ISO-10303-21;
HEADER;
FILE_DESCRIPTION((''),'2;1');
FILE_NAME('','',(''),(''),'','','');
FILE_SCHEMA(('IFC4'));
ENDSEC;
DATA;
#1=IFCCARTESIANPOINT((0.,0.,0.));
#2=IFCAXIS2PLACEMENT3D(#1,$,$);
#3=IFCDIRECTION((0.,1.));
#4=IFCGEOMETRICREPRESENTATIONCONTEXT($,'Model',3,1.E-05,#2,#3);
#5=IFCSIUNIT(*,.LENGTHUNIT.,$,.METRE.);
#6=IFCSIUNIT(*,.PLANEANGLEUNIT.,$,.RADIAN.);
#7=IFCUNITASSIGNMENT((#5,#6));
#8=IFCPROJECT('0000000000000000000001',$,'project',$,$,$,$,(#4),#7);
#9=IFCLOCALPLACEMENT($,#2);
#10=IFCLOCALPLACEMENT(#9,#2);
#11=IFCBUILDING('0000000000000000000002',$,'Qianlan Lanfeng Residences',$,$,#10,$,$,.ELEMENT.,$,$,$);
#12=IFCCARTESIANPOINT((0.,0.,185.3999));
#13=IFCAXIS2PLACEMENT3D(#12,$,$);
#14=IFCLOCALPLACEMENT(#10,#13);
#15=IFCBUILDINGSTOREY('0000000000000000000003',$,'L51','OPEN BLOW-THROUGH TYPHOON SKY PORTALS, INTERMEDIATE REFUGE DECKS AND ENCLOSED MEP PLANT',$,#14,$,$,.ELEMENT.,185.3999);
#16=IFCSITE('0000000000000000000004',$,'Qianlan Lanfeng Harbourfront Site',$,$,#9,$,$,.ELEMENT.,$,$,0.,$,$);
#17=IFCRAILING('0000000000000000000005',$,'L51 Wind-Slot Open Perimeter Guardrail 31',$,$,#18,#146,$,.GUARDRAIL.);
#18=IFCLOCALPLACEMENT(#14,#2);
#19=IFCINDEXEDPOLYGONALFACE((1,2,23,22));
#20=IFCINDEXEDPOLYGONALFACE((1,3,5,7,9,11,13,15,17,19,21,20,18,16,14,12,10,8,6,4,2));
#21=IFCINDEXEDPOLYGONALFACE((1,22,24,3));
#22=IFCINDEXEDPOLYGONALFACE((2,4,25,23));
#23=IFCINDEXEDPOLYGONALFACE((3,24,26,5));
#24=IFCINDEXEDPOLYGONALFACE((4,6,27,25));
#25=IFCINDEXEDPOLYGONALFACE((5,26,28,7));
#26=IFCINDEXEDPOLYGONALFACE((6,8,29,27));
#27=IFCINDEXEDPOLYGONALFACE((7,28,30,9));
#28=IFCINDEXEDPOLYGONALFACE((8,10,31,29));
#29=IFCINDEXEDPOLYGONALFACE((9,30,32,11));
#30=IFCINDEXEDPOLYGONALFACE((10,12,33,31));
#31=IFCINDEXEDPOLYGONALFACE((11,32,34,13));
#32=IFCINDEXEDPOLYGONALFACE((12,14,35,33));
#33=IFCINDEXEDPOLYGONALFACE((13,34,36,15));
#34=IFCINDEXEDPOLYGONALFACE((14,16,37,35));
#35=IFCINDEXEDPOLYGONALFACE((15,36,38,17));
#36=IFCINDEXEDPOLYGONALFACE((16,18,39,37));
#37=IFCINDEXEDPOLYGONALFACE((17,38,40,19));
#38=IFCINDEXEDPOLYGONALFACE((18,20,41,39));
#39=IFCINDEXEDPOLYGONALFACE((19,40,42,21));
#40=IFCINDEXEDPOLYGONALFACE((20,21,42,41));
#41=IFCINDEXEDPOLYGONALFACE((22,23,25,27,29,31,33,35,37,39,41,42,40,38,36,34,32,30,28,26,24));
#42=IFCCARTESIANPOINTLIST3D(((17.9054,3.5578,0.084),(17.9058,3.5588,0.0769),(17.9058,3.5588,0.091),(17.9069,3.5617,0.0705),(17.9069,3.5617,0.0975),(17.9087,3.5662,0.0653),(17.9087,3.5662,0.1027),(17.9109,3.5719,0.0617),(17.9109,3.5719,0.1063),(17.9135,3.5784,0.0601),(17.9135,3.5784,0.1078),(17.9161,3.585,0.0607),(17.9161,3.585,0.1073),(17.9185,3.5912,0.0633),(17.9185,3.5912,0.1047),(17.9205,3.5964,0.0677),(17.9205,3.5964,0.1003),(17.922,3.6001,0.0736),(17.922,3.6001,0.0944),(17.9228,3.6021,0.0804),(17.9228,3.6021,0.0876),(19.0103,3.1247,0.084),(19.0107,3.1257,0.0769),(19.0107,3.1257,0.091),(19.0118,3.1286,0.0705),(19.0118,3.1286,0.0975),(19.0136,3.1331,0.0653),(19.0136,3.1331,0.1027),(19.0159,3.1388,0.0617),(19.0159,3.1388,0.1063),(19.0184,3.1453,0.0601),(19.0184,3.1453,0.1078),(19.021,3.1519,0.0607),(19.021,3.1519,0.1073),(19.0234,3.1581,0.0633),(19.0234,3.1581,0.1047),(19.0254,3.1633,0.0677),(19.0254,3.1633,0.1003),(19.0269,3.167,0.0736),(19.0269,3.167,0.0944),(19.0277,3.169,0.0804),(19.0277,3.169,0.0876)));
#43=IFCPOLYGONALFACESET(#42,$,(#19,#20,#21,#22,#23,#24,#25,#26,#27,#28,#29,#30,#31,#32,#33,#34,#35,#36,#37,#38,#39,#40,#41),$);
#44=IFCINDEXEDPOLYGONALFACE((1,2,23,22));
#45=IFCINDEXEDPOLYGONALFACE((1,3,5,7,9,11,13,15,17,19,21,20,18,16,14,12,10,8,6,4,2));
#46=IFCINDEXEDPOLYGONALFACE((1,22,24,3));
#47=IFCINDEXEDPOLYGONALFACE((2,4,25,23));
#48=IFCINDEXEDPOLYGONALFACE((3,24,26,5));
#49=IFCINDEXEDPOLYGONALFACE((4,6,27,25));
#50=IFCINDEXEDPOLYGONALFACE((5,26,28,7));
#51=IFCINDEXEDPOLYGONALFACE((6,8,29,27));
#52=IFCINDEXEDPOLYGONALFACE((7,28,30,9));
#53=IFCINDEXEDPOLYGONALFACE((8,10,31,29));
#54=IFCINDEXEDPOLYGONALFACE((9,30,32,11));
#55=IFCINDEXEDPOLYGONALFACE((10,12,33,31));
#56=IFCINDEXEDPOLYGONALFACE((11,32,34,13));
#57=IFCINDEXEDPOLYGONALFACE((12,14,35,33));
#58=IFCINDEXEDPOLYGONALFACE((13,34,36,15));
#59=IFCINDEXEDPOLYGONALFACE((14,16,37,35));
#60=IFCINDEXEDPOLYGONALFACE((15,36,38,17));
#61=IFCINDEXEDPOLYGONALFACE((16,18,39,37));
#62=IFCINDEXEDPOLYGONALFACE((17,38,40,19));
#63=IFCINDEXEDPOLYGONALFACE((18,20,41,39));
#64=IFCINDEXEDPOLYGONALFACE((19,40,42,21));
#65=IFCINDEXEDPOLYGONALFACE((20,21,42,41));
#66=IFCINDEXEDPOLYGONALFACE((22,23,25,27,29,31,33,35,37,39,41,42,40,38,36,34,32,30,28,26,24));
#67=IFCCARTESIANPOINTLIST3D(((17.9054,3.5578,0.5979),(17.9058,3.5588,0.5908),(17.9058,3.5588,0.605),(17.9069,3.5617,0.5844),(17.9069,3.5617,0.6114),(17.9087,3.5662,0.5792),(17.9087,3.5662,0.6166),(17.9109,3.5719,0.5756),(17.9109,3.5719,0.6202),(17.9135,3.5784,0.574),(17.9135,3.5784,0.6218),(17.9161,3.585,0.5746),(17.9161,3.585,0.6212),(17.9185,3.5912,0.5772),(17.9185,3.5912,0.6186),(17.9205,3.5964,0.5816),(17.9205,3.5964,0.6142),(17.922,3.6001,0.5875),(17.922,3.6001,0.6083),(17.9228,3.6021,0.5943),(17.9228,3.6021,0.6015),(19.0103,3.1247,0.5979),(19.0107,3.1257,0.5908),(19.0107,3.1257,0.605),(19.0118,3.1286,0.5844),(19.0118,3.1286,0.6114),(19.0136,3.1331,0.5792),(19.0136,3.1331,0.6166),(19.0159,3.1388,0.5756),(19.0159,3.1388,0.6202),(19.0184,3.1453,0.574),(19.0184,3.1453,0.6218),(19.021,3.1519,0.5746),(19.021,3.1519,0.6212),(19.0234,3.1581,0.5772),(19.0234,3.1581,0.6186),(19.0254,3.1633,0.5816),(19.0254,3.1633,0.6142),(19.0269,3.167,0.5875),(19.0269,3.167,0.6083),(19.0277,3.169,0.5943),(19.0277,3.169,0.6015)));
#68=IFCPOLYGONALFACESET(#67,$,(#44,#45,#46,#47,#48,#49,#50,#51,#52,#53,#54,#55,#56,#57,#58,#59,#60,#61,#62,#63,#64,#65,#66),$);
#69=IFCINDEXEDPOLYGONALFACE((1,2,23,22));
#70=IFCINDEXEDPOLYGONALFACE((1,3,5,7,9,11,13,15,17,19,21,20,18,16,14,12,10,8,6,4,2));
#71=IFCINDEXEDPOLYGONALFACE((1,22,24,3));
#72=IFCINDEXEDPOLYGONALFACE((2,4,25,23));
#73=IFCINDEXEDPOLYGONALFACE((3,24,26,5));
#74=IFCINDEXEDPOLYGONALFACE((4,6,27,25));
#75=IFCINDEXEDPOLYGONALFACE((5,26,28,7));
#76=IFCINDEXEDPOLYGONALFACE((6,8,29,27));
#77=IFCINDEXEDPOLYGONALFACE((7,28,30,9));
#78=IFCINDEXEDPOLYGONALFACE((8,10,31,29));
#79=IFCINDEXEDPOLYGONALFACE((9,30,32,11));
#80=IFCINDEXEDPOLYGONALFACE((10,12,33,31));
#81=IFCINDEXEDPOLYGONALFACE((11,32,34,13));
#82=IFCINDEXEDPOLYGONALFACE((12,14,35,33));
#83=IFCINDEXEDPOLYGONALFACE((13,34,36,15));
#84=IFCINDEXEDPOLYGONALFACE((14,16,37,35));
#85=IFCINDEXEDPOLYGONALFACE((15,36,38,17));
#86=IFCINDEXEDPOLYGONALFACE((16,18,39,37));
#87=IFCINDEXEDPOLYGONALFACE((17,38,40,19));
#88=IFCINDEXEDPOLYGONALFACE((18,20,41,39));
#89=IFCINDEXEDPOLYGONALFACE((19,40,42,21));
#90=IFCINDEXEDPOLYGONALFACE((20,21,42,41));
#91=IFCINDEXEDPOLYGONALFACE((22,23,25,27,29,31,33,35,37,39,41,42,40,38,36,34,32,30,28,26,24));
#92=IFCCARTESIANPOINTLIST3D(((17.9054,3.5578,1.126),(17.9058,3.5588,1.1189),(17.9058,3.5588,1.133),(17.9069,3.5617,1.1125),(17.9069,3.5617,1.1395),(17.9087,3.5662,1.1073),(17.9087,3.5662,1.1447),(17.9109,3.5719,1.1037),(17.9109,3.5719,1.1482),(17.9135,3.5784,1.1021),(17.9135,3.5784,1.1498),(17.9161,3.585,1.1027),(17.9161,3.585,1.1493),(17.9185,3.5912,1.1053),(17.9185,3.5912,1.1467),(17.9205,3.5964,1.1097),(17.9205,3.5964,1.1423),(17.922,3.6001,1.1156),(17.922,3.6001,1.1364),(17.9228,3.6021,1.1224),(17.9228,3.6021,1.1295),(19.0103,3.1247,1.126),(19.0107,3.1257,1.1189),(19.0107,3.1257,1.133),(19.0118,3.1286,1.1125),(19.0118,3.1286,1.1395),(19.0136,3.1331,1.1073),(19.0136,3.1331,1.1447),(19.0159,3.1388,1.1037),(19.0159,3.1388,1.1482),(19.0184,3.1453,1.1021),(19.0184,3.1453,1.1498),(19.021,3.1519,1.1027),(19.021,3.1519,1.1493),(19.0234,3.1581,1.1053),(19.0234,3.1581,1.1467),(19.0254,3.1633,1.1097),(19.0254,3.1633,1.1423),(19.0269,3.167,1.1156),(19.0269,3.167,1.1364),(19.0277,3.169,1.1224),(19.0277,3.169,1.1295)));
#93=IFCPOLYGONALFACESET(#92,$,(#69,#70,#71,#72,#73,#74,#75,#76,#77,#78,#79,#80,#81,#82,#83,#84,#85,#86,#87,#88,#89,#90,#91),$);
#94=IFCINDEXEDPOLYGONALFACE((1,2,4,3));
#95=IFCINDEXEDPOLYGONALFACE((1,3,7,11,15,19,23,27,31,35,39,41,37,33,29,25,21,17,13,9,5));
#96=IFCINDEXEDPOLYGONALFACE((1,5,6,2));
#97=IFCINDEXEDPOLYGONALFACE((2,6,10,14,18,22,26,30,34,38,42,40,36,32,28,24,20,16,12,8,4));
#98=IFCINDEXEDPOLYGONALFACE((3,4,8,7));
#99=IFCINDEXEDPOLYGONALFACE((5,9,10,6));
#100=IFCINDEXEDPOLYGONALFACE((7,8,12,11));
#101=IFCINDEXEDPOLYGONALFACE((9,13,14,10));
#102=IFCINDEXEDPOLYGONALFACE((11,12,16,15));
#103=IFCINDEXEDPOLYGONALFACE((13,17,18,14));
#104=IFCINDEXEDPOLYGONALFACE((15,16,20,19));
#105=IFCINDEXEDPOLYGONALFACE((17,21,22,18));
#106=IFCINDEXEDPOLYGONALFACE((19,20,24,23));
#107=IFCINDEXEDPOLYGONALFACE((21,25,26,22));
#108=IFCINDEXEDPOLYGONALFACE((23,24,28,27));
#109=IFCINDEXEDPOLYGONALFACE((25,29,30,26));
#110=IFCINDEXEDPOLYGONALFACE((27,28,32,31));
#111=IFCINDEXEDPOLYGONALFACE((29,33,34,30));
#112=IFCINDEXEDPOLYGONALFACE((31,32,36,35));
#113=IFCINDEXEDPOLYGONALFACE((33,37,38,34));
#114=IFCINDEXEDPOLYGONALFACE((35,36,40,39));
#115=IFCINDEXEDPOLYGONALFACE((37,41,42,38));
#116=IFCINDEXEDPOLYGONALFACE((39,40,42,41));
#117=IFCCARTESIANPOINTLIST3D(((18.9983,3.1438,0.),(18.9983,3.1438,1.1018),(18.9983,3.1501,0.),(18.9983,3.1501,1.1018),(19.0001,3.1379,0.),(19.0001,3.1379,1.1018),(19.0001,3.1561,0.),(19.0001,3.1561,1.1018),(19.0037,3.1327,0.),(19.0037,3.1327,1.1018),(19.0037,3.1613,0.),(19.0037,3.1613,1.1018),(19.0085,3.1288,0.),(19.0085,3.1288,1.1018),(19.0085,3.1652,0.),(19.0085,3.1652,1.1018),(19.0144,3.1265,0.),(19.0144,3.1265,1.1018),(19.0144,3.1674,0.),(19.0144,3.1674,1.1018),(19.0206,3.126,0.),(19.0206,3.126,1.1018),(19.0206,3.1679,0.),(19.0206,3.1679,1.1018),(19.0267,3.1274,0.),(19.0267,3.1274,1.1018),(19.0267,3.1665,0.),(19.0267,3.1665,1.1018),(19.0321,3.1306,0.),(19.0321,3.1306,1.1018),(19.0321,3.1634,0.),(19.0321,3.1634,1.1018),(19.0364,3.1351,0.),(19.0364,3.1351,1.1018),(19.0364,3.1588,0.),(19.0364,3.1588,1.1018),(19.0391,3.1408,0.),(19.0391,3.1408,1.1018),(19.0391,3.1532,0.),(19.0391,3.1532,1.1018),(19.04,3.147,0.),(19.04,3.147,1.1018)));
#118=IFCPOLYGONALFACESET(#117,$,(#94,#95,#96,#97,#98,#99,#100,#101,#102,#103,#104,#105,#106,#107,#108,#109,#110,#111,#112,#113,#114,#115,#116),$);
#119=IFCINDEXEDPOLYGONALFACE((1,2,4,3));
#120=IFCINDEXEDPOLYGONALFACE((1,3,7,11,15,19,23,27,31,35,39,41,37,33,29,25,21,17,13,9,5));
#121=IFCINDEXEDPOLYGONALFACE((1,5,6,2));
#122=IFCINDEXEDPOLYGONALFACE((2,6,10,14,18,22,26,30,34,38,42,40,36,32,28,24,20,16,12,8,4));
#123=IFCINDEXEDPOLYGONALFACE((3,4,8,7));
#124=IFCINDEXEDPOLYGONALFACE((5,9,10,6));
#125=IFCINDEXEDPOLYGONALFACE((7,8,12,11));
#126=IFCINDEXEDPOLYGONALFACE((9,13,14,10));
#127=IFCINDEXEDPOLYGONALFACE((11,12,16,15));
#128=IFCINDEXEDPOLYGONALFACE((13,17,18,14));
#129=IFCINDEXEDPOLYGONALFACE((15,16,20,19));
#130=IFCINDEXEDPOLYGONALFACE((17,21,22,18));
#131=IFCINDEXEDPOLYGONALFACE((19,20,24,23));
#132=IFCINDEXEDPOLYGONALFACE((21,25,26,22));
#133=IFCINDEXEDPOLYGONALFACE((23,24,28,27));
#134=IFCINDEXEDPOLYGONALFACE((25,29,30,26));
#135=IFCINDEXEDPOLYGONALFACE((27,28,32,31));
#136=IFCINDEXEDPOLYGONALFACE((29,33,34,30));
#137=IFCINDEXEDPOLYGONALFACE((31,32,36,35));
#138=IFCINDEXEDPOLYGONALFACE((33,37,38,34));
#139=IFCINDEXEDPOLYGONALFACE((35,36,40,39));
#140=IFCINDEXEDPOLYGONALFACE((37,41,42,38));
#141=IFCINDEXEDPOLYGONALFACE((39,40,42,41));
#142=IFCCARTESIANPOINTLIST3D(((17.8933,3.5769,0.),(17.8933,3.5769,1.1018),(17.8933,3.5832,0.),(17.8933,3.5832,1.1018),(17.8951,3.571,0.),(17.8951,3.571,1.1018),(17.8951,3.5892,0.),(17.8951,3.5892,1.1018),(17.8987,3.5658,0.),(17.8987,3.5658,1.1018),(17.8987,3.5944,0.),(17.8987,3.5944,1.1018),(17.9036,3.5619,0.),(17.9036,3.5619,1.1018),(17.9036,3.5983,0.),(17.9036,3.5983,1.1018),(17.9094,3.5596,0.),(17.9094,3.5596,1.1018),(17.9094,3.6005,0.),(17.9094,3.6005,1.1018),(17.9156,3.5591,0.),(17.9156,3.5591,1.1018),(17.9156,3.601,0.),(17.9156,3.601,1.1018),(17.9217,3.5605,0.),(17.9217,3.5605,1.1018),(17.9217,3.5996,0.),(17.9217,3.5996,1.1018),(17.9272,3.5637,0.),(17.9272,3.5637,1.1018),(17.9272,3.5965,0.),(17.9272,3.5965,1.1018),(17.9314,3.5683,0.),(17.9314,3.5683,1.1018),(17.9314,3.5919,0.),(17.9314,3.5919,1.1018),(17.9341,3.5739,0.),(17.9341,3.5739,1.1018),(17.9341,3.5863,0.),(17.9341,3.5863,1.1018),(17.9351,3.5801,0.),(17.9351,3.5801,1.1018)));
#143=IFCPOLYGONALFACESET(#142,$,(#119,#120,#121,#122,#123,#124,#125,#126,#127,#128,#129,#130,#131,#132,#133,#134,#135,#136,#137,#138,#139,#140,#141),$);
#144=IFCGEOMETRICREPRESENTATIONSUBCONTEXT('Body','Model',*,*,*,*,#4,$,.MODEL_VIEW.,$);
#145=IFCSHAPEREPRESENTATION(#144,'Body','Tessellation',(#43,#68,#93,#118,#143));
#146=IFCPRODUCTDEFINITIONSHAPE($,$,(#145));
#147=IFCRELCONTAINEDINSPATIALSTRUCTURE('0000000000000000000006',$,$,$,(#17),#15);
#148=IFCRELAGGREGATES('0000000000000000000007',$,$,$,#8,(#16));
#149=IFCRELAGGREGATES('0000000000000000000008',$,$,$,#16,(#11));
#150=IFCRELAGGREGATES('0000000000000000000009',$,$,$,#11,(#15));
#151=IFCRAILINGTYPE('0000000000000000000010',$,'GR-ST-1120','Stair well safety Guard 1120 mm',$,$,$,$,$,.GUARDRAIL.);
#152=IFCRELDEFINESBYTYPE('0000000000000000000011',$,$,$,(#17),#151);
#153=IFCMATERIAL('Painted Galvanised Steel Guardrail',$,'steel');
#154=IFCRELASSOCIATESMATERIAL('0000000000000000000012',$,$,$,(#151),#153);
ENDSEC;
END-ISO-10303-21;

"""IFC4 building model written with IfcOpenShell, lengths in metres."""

from ifc_helpers import new_model, si_unit, direction, frame, origin, origin_2d, place, context, subcontext, project, spatial, circle, extrude, material, type_object, element, save


model = new_model("IFC4")

# Units and contexts
model_context = context("Model", 3, precision=1e-05, world=origin(), true_north=direction((0.0, 1.0)))
body_context = subcontext(model_context, "Body", "Model", "MODEL_VIEW")
ifc_project = project(units=[si_unit("LENGTHUNIT", "METRE"), si_unit("PLANEANGLEUNIT", "RADIAN")], contexts=[model_context])

# Site, building, storey
site_placement = place(None, origin())
site = spatial("IfcSite", under=ifc_project, at=site_placement, Name="Qianlan Lanfeng Harbourfront Site", CompositionType="ELEMENT", RefElevation=0.0)
building_placement = place(site_placement, origin())
building = spatial("IfcBuilding", under=site, at=building_placement, Name="Qianlan Lanfeng Residences", CompositionType="ELEMENT")
storey_placement = place(building_placement, frame((0.0, 0.0, 185.3999)))
storey = spatial("IfcBuildingStorey", under=building, at=storey_placement, Name="L51", Description="OPEN BLOW-THROUGH TYPHOON SKY PORTALS, INTERMEDIATE REFUGE DECKS AND ENCLOSED MEP PLANT", CompositionType="ELEMENT", Elevation=185.3999)

# Railing
ifc_material_1 = material(Name="Painted Galvanised Steel Guardrail", Category="steel")
railing_type = type_object("IfcRailingType", Name="GR-ST-1120", Description="Stair well safety Guard 1120 mm", PredefinedType="GUARDRAIL", material=ifc_material_1)
railing_1_placement = place(storey_placement, frame((19.019, 3.147, 0.0)))
element("IfcRailing", 1, at=railing_1_placement, inside=storey, type_object=railing_type, Name="L51 Wind-Slot Open Perimeter Guardrail 31", PredefinedType="GUARDRAIL", context=body_context, shape_type="SweptSolid", body=[
    extrude(circle(Radius=0.0239, at=origin_2d()), frame((0.0, 0.0, 0.084), z_axis=(-0.931036, 0.364927, 0.0), x_axis=(-0.364927, -0.931036, 0.0)), (0.0, 0.0, 1.0), 1.1868),
    extrude(circle(Radius=0.0239, at=origin_2d()), frame((0.0, 0.0, 0.5979), z_axis=(-0.931036, 0.364927, 0.0), x_axis=(-0.364927, -0.931036, 0.0)), (0.0, 0.0, 1.0), 1.1868),
    extrude(circle(Radius=0.0239, at=origin_2d()), frame((0.0, 0.0, 1.126), z_axis=(-0.931036, 0.364927, 0.0), x_axis=(-0.364927, -0.931036, 0.0)), (0.0, 0.0, 1.0), 1.1868),
    extrude(circle(Radius=0.021, at=origin_2d()), origin(), (0.0, 0.0, 1.0), 1.1018),
    extrude(circle(Radius=0.021, at=origin_2d()), frame((-1.105, 0.4331, 0.0)), (0.0, 0.0, 1.0), 1.1018),
])

save(model, "model.ifc")
